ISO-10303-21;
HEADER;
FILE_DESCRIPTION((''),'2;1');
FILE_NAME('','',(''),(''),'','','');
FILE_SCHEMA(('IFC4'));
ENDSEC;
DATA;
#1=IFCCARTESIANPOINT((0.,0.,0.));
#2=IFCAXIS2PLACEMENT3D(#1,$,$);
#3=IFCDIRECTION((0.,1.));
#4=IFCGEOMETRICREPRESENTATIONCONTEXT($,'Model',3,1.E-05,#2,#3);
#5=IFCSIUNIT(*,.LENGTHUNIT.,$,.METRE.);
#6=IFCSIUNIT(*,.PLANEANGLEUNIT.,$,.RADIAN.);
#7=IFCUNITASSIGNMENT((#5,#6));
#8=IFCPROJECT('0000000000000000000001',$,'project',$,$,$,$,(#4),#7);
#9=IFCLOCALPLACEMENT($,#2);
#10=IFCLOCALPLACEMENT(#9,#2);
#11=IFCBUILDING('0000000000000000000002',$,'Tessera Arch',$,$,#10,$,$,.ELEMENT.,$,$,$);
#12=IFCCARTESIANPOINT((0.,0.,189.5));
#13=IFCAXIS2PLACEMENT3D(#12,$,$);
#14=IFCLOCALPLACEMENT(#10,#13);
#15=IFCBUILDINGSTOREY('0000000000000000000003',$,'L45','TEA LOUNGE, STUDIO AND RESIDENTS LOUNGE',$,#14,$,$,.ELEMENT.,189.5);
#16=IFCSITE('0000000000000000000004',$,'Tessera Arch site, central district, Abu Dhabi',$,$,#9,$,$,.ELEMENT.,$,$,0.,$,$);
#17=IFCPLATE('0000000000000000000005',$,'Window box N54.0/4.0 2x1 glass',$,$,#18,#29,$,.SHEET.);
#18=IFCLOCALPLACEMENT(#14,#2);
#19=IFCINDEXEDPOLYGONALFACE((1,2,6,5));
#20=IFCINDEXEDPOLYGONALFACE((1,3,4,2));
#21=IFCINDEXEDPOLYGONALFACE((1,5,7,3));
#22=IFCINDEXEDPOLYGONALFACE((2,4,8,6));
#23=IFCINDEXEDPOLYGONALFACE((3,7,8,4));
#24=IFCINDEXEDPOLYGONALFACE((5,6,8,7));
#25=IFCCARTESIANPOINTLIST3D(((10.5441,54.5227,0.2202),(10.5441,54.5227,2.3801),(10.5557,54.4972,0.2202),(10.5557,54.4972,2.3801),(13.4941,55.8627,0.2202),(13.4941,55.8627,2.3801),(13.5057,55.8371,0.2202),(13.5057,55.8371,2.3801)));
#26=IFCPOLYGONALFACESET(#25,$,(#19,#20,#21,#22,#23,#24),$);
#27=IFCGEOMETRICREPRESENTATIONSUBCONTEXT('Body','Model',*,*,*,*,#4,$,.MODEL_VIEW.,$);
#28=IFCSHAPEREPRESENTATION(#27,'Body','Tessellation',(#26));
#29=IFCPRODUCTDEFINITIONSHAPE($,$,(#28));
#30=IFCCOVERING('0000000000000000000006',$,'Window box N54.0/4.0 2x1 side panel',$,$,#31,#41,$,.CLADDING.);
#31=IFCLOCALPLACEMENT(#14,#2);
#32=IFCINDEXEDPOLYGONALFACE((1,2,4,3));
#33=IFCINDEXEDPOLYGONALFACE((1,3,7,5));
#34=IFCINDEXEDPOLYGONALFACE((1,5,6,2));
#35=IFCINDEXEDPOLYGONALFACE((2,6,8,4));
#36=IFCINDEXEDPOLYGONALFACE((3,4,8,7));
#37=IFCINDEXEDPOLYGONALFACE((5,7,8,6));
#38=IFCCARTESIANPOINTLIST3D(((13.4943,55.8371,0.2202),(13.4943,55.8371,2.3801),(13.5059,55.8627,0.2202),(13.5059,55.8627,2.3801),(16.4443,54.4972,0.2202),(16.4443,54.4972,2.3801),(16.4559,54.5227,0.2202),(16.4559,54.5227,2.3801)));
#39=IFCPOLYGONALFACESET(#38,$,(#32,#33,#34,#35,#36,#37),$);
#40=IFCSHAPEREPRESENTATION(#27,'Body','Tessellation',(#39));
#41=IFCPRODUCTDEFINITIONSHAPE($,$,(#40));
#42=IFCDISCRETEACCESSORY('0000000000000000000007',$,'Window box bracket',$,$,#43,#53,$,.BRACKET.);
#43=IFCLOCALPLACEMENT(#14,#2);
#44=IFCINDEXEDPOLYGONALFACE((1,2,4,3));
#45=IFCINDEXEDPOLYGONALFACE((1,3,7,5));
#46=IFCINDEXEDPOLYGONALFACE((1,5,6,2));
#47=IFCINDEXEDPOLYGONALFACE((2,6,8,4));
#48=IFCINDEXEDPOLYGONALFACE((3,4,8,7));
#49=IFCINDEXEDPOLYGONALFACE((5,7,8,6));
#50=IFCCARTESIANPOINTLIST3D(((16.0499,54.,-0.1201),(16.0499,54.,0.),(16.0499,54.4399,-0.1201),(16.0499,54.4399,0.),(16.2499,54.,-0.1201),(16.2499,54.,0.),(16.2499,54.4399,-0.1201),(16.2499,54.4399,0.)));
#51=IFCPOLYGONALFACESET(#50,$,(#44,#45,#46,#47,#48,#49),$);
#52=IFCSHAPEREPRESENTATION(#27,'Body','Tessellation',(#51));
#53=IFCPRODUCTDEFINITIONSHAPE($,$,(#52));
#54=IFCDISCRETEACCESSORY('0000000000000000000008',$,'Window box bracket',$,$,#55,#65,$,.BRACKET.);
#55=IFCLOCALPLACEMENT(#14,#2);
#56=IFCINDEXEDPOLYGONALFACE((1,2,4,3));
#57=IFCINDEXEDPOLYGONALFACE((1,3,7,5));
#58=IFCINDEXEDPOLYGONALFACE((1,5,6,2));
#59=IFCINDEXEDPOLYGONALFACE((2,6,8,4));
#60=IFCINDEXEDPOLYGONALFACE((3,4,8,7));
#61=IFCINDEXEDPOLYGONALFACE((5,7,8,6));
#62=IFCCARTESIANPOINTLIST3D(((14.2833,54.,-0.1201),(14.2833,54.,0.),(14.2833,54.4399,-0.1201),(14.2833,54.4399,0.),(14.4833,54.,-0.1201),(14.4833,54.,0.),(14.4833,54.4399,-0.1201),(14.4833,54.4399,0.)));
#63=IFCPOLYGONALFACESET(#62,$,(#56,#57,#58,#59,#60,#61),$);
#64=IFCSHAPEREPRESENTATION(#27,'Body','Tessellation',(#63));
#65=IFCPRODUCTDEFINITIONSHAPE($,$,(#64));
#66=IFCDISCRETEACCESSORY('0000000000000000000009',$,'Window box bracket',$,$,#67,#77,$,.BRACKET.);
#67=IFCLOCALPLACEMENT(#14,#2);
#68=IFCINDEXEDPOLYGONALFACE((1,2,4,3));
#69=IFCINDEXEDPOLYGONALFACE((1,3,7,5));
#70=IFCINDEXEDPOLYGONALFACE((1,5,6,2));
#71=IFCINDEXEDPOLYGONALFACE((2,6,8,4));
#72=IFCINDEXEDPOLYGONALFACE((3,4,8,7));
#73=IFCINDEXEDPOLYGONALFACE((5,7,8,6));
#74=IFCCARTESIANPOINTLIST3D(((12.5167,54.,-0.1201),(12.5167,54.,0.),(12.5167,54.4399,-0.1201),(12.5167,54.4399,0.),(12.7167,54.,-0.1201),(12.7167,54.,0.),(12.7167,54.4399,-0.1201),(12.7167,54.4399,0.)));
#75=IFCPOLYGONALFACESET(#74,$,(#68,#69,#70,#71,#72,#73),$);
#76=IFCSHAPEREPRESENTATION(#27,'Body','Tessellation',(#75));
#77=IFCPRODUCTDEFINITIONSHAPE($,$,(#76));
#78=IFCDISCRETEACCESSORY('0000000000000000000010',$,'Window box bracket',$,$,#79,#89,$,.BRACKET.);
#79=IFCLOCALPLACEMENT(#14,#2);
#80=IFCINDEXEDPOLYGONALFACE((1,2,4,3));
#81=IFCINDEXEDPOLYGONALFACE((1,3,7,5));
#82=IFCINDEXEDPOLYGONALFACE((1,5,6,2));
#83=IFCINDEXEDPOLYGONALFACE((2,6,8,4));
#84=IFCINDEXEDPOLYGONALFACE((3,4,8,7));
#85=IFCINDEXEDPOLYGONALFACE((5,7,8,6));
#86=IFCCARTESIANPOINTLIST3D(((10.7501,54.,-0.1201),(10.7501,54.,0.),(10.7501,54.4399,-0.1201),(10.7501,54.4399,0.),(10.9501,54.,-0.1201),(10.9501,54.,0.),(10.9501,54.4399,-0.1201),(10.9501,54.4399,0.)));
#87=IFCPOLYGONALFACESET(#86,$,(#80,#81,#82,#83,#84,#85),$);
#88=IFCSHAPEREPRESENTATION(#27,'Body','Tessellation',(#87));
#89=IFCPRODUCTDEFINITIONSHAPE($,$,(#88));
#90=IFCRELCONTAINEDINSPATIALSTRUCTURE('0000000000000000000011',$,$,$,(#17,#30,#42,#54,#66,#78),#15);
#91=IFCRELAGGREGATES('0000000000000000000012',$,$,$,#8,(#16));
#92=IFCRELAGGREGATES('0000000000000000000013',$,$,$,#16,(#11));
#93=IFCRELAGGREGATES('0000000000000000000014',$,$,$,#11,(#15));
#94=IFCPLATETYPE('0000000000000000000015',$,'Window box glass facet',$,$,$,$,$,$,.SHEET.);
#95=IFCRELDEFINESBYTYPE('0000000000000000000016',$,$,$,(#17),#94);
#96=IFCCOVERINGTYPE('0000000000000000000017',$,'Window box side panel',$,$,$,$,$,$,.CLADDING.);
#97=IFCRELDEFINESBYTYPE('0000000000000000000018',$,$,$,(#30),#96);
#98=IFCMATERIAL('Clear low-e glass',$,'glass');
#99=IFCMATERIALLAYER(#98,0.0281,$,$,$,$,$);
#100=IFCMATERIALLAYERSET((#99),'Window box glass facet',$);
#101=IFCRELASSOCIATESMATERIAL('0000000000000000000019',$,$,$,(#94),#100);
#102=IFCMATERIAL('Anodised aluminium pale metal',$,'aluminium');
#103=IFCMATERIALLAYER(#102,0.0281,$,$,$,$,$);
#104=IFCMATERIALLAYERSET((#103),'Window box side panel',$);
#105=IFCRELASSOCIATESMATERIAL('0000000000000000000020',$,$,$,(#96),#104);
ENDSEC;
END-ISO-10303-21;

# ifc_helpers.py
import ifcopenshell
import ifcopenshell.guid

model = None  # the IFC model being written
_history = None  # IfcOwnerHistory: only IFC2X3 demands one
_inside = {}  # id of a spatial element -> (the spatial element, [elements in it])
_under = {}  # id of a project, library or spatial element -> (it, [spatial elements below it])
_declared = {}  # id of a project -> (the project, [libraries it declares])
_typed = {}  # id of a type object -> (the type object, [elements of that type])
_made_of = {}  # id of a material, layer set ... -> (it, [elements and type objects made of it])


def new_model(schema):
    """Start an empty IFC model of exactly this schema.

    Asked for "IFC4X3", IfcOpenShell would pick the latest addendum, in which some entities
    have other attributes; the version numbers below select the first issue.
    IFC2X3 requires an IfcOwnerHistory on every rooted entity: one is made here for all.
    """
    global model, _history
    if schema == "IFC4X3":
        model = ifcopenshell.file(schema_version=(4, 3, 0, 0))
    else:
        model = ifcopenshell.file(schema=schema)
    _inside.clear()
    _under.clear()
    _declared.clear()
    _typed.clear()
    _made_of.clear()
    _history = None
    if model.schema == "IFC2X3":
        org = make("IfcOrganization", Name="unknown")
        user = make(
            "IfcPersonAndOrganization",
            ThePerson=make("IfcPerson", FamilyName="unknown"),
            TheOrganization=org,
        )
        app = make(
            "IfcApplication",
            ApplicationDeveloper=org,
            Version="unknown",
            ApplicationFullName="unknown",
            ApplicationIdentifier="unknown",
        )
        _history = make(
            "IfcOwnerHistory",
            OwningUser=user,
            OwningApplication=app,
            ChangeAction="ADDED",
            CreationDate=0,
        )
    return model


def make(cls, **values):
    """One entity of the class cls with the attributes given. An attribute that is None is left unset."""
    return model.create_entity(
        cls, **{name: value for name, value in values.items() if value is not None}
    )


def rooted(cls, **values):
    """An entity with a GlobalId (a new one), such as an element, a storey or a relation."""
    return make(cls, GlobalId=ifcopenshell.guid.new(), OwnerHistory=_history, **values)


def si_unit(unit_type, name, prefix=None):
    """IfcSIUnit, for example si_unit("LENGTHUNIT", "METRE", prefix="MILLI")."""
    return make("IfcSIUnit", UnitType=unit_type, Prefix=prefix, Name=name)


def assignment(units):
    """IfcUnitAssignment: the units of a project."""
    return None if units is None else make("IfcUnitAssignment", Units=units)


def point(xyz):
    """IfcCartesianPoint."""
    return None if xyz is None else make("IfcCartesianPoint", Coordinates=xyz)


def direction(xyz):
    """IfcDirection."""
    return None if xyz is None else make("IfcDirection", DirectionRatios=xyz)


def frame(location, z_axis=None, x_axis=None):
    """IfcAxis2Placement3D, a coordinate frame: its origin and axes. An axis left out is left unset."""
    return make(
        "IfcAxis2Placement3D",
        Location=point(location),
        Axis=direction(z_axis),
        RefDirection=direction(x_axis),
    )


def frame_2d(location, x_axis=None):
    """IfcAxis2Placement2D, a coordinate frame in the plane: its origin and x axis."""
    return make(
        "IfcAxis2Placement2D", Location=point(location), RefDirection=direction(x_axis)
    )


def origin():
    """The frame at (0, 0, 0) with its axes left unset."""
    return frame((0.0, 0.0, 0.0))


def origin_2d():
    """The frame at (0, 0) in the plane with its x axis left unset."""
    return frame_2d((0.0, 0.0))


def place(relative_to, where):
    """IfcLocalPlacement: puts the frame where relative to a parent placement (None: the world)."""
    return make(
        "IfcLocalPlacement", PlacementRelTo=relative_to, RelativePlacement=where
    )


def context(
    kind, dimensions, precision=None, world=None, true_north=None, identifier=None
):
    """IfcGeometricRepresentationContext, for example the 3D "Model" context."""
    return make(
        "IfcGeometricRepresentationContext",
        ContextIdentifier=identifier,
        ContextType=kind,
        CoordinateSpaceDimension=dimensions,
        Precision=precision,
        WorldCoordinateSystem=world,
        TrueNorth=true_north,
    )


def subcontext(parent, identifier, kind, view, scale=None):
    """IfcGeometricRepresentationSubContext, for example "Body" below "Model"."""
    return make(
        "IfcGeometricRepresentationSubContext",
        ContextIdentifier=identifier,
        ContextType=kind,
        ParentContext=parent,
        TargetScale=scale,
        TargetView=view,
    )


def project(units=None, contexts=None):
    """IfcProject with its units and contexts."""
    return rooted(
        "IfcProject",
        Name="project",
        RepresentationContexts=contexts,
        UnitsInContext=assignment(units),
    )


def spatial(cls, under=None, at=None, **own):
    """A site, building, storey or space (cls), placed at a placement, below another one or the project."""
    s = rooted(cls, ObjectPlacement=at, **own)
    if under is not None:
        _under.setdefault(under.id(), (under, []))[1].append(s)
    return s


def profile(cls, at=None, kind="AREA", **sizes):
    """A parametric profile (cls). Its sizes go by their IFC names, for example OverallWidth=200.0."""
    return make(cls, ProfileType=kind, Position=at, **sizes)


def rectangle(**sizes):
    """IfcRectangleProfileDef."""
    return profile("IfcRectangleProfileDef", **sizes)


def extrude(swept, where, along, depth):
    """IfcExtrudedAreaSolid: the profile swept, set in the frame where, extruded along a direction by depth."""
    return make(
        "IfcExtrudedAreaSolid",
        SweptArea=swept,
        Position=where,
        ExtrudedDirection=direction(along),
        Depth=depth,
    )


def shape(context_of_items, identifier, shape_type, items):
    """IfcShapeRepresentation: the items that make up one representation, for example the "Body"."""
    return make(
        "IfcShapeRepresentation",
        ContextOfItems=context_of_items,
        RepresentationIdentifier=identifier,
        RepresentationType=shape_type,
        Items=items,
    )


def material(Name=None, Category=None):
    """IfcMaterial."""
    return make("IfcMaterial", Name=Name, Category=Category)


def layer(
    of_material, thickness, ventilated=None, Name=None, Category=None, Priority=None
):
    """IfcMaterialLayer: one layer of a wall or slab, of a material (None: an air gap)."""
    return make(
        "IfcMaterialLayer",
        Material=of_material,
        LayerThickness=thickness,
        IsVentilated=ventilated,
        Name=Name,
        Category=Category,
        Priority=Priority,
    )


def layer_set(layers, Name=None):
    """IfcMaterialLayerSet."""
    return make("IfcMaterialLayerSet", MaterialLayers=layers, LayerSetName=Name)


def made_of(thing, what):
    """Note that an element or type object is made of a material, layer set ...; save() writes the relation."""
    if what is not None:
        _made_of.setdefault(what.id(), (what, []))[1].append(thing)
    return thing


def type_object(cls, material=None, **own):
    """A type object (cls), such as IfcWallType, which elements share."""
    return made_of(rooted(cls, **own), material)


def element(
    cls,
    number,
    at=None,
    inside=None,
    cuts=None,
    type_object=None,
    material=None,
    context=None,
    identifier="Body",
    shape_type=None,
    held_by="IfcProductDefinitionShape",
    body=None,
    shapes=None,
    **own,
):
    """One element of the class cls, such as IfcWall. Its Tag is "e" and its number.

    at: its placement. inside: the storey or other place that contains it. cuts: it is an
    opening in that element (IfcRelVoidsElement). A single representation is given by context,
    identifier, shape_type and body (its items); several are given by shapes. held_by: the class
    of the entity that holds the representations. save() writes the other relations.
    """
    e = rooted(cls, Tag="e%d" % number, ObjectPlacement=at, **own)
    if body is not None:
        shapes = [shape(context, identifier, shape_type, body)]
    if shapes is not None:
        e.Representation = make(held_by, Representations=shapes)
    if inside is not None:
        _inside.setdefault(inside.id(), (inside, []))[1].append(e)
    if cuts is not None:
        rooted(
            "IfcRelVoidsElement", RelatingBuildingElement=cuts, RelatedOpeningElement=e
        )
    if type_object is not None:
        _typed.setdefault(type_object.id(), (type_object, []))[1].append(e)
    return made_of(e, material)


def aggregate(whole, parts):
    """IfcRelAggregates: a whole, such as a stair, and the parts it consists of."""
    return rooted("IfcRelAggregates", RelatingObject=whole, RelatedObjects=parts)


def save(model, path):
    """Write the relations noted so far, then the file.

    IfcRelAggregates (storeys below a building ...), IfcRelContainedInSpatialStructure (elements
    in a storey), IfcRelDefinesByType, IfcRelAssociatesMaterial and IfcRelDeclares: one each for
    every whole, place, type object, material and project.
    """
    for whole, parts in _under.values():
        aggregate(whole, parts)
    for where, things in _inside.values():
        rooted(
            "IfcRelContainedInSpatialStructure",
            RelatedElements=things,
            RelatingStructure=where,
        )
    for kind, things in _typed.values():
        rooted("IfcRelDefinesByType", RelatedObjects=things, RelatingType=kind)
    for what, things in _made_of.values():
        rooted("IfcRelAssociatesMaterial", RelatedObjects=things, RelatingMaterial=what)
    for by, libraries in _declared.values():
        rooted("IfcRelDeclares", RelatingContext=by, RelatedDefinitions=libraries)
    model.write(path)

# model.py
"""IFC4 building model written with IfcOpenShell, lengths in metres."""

from ifc_helpers import new_model, si_unit, direction, frame, origin, origin_2d, place, context, subcontext, project, spatial, rectangle, extrude, material, layer, layer_set, type_object, element, save


model = new_model("IFC4")

# Units and contexts
model_context = context("Model", 3, precision=1e-05, world=origin(), true_north=direction((0.0, 1.0)))
body_context = subcontext(model_context, "Body", "Model", "MODEL_VIEW")
ifc_project = project(units=[si_unit("LENGTHUNIT", "METRE"), si_unit("PLANEANGLEUNIT", "RADIAN")], contexts=[model_context])

# Site, building, storey
site_placement = place(None, origin())
site = spatial("IfcSite", under=ifc_project, at=site_placement, Name="Tessera Arch site, central district, Abu Dhabi", CompositionType="ELEMENT", RefElevation=0.0)
building_placement = place(site_placement, origin())
building = spatial("IfcBuilding", under=site, at=building_placement, Name="Tessera Arch", CompositionType="ELEMENT")
storey_placement = place(building_placement, frame((0.0, 0.0, 189.5)))
storey = spatial("IfcBuildingStorey", under=building, at=storey_placement, Name="L45", Description="TEA LOUNGE, STUDIO AND RESIDENTS LOUNGE", CompositionType="ELEMENT", Elevation=189.5)

# Plate
ifc_material_1 = material(Name="Clear low-e glass", Category="glass")
ifc_layer_1 = layer(ifc_material_1, 0.0281)
ifc_layer_set_1 = layer_set([ifc_layer_1], Name="Window box glass facet")
plate_type_1 = type_object("IfcPlateType", Name="Window box glass facet", PredefinedType="SHEET", material=ifc_layer_set_1)
plate_1_placement = place(storey_placement, frame((12.0249, 55.1799, 0.2202), z_axis=(0.0, 0.0, 1.0), x_axis=(0.910472, 0.41357, 0.0)))
element("IfcPlate", 1, at=plate_1_placement, inside=storey, type_object=plate_type_1, Name="Window box N54.0/4.0 2x1 glass", PredefinedType="SHEET", context=body_context, shape_type="SweptSolid", body=[
    extrude(rectangle(XDim=3.24, YDim=0.0281, at=origin_2d()), origin(), (0.0, 0.0, 1.0), 2.1599),
])

# Covering
ifc_material_2 = material(Name="Anodised aluminium pale metal", Category="aluminium")
ifc_layer_2 = layer(ifc_material_2, 0.0281)
ifc_layer_set_2 = layer_set([ifc_layer_2], Name="Window box side panel")
covering_type = type_object("IfcCoveringType", Name="Window box side panel", PredefinedType="CLADDING", material=ifc_layer_set_2)
covering_placement = place(storey_placement, frame((14.9751, 55.1799, 0.2202), z_axis=(0.0, 0.0, 1.0), x_axis=(-0.910472, 0.41357, 0.0)))
element("IfcCovering", 2, at=covering_placement, inside=storey, type_object=covering_type, Name="Window box N54.0/4.0 2x1 side panel", PredefinedType="CLADDING", context=body_context, shape_type="SweptSolid", body=[
    extrude(rectangle(XDim=3.24, YDim=0.0281, at=origin_2d()), origin(), (0.0, 0.0, 1.0), 2.1599),
])

# Discrete accessories
for number, where, z_axis, x_axis, name in (
    (3, (16.1499, 54.22, -0.1201), (0.0, 0.0, 1.0), (0.0, 1.0, 0.0), "Window box bracket"),
    (4, (14.3833, 54.22, -0.1201), (0.0, 0.0, 1.0), (0.0, 1.0, 0.0), "Window box bracket"),
    (5, (12.6167, 54.22, -0.1201), (0.0, 0.0, 1.0), (0.0, 1.0, 0.0), "Window box bracket"),
    (6, (10.8501, 54.22, -0.1201), (0.0, 0.0, 1.0), (0.0, 1.0, 0.0), "Window box bracket"),
):
    element("IfcDiscreteAccessory", number, at=place(storey_placement, frame(where, z_axis=z_axis, x_axis=x_axis)), inside=storey, Name=name, PredefinedType="BRACKET", context=body_context, shape_type="SweptSolid", body=[
        extrude(rectangle(XDim=0.4399, YDim=0.2, at=origin_2d()), origin(), (0.0, 0.0, 1.0), 0.1201),
    ])

save(model, "model.ifc")
